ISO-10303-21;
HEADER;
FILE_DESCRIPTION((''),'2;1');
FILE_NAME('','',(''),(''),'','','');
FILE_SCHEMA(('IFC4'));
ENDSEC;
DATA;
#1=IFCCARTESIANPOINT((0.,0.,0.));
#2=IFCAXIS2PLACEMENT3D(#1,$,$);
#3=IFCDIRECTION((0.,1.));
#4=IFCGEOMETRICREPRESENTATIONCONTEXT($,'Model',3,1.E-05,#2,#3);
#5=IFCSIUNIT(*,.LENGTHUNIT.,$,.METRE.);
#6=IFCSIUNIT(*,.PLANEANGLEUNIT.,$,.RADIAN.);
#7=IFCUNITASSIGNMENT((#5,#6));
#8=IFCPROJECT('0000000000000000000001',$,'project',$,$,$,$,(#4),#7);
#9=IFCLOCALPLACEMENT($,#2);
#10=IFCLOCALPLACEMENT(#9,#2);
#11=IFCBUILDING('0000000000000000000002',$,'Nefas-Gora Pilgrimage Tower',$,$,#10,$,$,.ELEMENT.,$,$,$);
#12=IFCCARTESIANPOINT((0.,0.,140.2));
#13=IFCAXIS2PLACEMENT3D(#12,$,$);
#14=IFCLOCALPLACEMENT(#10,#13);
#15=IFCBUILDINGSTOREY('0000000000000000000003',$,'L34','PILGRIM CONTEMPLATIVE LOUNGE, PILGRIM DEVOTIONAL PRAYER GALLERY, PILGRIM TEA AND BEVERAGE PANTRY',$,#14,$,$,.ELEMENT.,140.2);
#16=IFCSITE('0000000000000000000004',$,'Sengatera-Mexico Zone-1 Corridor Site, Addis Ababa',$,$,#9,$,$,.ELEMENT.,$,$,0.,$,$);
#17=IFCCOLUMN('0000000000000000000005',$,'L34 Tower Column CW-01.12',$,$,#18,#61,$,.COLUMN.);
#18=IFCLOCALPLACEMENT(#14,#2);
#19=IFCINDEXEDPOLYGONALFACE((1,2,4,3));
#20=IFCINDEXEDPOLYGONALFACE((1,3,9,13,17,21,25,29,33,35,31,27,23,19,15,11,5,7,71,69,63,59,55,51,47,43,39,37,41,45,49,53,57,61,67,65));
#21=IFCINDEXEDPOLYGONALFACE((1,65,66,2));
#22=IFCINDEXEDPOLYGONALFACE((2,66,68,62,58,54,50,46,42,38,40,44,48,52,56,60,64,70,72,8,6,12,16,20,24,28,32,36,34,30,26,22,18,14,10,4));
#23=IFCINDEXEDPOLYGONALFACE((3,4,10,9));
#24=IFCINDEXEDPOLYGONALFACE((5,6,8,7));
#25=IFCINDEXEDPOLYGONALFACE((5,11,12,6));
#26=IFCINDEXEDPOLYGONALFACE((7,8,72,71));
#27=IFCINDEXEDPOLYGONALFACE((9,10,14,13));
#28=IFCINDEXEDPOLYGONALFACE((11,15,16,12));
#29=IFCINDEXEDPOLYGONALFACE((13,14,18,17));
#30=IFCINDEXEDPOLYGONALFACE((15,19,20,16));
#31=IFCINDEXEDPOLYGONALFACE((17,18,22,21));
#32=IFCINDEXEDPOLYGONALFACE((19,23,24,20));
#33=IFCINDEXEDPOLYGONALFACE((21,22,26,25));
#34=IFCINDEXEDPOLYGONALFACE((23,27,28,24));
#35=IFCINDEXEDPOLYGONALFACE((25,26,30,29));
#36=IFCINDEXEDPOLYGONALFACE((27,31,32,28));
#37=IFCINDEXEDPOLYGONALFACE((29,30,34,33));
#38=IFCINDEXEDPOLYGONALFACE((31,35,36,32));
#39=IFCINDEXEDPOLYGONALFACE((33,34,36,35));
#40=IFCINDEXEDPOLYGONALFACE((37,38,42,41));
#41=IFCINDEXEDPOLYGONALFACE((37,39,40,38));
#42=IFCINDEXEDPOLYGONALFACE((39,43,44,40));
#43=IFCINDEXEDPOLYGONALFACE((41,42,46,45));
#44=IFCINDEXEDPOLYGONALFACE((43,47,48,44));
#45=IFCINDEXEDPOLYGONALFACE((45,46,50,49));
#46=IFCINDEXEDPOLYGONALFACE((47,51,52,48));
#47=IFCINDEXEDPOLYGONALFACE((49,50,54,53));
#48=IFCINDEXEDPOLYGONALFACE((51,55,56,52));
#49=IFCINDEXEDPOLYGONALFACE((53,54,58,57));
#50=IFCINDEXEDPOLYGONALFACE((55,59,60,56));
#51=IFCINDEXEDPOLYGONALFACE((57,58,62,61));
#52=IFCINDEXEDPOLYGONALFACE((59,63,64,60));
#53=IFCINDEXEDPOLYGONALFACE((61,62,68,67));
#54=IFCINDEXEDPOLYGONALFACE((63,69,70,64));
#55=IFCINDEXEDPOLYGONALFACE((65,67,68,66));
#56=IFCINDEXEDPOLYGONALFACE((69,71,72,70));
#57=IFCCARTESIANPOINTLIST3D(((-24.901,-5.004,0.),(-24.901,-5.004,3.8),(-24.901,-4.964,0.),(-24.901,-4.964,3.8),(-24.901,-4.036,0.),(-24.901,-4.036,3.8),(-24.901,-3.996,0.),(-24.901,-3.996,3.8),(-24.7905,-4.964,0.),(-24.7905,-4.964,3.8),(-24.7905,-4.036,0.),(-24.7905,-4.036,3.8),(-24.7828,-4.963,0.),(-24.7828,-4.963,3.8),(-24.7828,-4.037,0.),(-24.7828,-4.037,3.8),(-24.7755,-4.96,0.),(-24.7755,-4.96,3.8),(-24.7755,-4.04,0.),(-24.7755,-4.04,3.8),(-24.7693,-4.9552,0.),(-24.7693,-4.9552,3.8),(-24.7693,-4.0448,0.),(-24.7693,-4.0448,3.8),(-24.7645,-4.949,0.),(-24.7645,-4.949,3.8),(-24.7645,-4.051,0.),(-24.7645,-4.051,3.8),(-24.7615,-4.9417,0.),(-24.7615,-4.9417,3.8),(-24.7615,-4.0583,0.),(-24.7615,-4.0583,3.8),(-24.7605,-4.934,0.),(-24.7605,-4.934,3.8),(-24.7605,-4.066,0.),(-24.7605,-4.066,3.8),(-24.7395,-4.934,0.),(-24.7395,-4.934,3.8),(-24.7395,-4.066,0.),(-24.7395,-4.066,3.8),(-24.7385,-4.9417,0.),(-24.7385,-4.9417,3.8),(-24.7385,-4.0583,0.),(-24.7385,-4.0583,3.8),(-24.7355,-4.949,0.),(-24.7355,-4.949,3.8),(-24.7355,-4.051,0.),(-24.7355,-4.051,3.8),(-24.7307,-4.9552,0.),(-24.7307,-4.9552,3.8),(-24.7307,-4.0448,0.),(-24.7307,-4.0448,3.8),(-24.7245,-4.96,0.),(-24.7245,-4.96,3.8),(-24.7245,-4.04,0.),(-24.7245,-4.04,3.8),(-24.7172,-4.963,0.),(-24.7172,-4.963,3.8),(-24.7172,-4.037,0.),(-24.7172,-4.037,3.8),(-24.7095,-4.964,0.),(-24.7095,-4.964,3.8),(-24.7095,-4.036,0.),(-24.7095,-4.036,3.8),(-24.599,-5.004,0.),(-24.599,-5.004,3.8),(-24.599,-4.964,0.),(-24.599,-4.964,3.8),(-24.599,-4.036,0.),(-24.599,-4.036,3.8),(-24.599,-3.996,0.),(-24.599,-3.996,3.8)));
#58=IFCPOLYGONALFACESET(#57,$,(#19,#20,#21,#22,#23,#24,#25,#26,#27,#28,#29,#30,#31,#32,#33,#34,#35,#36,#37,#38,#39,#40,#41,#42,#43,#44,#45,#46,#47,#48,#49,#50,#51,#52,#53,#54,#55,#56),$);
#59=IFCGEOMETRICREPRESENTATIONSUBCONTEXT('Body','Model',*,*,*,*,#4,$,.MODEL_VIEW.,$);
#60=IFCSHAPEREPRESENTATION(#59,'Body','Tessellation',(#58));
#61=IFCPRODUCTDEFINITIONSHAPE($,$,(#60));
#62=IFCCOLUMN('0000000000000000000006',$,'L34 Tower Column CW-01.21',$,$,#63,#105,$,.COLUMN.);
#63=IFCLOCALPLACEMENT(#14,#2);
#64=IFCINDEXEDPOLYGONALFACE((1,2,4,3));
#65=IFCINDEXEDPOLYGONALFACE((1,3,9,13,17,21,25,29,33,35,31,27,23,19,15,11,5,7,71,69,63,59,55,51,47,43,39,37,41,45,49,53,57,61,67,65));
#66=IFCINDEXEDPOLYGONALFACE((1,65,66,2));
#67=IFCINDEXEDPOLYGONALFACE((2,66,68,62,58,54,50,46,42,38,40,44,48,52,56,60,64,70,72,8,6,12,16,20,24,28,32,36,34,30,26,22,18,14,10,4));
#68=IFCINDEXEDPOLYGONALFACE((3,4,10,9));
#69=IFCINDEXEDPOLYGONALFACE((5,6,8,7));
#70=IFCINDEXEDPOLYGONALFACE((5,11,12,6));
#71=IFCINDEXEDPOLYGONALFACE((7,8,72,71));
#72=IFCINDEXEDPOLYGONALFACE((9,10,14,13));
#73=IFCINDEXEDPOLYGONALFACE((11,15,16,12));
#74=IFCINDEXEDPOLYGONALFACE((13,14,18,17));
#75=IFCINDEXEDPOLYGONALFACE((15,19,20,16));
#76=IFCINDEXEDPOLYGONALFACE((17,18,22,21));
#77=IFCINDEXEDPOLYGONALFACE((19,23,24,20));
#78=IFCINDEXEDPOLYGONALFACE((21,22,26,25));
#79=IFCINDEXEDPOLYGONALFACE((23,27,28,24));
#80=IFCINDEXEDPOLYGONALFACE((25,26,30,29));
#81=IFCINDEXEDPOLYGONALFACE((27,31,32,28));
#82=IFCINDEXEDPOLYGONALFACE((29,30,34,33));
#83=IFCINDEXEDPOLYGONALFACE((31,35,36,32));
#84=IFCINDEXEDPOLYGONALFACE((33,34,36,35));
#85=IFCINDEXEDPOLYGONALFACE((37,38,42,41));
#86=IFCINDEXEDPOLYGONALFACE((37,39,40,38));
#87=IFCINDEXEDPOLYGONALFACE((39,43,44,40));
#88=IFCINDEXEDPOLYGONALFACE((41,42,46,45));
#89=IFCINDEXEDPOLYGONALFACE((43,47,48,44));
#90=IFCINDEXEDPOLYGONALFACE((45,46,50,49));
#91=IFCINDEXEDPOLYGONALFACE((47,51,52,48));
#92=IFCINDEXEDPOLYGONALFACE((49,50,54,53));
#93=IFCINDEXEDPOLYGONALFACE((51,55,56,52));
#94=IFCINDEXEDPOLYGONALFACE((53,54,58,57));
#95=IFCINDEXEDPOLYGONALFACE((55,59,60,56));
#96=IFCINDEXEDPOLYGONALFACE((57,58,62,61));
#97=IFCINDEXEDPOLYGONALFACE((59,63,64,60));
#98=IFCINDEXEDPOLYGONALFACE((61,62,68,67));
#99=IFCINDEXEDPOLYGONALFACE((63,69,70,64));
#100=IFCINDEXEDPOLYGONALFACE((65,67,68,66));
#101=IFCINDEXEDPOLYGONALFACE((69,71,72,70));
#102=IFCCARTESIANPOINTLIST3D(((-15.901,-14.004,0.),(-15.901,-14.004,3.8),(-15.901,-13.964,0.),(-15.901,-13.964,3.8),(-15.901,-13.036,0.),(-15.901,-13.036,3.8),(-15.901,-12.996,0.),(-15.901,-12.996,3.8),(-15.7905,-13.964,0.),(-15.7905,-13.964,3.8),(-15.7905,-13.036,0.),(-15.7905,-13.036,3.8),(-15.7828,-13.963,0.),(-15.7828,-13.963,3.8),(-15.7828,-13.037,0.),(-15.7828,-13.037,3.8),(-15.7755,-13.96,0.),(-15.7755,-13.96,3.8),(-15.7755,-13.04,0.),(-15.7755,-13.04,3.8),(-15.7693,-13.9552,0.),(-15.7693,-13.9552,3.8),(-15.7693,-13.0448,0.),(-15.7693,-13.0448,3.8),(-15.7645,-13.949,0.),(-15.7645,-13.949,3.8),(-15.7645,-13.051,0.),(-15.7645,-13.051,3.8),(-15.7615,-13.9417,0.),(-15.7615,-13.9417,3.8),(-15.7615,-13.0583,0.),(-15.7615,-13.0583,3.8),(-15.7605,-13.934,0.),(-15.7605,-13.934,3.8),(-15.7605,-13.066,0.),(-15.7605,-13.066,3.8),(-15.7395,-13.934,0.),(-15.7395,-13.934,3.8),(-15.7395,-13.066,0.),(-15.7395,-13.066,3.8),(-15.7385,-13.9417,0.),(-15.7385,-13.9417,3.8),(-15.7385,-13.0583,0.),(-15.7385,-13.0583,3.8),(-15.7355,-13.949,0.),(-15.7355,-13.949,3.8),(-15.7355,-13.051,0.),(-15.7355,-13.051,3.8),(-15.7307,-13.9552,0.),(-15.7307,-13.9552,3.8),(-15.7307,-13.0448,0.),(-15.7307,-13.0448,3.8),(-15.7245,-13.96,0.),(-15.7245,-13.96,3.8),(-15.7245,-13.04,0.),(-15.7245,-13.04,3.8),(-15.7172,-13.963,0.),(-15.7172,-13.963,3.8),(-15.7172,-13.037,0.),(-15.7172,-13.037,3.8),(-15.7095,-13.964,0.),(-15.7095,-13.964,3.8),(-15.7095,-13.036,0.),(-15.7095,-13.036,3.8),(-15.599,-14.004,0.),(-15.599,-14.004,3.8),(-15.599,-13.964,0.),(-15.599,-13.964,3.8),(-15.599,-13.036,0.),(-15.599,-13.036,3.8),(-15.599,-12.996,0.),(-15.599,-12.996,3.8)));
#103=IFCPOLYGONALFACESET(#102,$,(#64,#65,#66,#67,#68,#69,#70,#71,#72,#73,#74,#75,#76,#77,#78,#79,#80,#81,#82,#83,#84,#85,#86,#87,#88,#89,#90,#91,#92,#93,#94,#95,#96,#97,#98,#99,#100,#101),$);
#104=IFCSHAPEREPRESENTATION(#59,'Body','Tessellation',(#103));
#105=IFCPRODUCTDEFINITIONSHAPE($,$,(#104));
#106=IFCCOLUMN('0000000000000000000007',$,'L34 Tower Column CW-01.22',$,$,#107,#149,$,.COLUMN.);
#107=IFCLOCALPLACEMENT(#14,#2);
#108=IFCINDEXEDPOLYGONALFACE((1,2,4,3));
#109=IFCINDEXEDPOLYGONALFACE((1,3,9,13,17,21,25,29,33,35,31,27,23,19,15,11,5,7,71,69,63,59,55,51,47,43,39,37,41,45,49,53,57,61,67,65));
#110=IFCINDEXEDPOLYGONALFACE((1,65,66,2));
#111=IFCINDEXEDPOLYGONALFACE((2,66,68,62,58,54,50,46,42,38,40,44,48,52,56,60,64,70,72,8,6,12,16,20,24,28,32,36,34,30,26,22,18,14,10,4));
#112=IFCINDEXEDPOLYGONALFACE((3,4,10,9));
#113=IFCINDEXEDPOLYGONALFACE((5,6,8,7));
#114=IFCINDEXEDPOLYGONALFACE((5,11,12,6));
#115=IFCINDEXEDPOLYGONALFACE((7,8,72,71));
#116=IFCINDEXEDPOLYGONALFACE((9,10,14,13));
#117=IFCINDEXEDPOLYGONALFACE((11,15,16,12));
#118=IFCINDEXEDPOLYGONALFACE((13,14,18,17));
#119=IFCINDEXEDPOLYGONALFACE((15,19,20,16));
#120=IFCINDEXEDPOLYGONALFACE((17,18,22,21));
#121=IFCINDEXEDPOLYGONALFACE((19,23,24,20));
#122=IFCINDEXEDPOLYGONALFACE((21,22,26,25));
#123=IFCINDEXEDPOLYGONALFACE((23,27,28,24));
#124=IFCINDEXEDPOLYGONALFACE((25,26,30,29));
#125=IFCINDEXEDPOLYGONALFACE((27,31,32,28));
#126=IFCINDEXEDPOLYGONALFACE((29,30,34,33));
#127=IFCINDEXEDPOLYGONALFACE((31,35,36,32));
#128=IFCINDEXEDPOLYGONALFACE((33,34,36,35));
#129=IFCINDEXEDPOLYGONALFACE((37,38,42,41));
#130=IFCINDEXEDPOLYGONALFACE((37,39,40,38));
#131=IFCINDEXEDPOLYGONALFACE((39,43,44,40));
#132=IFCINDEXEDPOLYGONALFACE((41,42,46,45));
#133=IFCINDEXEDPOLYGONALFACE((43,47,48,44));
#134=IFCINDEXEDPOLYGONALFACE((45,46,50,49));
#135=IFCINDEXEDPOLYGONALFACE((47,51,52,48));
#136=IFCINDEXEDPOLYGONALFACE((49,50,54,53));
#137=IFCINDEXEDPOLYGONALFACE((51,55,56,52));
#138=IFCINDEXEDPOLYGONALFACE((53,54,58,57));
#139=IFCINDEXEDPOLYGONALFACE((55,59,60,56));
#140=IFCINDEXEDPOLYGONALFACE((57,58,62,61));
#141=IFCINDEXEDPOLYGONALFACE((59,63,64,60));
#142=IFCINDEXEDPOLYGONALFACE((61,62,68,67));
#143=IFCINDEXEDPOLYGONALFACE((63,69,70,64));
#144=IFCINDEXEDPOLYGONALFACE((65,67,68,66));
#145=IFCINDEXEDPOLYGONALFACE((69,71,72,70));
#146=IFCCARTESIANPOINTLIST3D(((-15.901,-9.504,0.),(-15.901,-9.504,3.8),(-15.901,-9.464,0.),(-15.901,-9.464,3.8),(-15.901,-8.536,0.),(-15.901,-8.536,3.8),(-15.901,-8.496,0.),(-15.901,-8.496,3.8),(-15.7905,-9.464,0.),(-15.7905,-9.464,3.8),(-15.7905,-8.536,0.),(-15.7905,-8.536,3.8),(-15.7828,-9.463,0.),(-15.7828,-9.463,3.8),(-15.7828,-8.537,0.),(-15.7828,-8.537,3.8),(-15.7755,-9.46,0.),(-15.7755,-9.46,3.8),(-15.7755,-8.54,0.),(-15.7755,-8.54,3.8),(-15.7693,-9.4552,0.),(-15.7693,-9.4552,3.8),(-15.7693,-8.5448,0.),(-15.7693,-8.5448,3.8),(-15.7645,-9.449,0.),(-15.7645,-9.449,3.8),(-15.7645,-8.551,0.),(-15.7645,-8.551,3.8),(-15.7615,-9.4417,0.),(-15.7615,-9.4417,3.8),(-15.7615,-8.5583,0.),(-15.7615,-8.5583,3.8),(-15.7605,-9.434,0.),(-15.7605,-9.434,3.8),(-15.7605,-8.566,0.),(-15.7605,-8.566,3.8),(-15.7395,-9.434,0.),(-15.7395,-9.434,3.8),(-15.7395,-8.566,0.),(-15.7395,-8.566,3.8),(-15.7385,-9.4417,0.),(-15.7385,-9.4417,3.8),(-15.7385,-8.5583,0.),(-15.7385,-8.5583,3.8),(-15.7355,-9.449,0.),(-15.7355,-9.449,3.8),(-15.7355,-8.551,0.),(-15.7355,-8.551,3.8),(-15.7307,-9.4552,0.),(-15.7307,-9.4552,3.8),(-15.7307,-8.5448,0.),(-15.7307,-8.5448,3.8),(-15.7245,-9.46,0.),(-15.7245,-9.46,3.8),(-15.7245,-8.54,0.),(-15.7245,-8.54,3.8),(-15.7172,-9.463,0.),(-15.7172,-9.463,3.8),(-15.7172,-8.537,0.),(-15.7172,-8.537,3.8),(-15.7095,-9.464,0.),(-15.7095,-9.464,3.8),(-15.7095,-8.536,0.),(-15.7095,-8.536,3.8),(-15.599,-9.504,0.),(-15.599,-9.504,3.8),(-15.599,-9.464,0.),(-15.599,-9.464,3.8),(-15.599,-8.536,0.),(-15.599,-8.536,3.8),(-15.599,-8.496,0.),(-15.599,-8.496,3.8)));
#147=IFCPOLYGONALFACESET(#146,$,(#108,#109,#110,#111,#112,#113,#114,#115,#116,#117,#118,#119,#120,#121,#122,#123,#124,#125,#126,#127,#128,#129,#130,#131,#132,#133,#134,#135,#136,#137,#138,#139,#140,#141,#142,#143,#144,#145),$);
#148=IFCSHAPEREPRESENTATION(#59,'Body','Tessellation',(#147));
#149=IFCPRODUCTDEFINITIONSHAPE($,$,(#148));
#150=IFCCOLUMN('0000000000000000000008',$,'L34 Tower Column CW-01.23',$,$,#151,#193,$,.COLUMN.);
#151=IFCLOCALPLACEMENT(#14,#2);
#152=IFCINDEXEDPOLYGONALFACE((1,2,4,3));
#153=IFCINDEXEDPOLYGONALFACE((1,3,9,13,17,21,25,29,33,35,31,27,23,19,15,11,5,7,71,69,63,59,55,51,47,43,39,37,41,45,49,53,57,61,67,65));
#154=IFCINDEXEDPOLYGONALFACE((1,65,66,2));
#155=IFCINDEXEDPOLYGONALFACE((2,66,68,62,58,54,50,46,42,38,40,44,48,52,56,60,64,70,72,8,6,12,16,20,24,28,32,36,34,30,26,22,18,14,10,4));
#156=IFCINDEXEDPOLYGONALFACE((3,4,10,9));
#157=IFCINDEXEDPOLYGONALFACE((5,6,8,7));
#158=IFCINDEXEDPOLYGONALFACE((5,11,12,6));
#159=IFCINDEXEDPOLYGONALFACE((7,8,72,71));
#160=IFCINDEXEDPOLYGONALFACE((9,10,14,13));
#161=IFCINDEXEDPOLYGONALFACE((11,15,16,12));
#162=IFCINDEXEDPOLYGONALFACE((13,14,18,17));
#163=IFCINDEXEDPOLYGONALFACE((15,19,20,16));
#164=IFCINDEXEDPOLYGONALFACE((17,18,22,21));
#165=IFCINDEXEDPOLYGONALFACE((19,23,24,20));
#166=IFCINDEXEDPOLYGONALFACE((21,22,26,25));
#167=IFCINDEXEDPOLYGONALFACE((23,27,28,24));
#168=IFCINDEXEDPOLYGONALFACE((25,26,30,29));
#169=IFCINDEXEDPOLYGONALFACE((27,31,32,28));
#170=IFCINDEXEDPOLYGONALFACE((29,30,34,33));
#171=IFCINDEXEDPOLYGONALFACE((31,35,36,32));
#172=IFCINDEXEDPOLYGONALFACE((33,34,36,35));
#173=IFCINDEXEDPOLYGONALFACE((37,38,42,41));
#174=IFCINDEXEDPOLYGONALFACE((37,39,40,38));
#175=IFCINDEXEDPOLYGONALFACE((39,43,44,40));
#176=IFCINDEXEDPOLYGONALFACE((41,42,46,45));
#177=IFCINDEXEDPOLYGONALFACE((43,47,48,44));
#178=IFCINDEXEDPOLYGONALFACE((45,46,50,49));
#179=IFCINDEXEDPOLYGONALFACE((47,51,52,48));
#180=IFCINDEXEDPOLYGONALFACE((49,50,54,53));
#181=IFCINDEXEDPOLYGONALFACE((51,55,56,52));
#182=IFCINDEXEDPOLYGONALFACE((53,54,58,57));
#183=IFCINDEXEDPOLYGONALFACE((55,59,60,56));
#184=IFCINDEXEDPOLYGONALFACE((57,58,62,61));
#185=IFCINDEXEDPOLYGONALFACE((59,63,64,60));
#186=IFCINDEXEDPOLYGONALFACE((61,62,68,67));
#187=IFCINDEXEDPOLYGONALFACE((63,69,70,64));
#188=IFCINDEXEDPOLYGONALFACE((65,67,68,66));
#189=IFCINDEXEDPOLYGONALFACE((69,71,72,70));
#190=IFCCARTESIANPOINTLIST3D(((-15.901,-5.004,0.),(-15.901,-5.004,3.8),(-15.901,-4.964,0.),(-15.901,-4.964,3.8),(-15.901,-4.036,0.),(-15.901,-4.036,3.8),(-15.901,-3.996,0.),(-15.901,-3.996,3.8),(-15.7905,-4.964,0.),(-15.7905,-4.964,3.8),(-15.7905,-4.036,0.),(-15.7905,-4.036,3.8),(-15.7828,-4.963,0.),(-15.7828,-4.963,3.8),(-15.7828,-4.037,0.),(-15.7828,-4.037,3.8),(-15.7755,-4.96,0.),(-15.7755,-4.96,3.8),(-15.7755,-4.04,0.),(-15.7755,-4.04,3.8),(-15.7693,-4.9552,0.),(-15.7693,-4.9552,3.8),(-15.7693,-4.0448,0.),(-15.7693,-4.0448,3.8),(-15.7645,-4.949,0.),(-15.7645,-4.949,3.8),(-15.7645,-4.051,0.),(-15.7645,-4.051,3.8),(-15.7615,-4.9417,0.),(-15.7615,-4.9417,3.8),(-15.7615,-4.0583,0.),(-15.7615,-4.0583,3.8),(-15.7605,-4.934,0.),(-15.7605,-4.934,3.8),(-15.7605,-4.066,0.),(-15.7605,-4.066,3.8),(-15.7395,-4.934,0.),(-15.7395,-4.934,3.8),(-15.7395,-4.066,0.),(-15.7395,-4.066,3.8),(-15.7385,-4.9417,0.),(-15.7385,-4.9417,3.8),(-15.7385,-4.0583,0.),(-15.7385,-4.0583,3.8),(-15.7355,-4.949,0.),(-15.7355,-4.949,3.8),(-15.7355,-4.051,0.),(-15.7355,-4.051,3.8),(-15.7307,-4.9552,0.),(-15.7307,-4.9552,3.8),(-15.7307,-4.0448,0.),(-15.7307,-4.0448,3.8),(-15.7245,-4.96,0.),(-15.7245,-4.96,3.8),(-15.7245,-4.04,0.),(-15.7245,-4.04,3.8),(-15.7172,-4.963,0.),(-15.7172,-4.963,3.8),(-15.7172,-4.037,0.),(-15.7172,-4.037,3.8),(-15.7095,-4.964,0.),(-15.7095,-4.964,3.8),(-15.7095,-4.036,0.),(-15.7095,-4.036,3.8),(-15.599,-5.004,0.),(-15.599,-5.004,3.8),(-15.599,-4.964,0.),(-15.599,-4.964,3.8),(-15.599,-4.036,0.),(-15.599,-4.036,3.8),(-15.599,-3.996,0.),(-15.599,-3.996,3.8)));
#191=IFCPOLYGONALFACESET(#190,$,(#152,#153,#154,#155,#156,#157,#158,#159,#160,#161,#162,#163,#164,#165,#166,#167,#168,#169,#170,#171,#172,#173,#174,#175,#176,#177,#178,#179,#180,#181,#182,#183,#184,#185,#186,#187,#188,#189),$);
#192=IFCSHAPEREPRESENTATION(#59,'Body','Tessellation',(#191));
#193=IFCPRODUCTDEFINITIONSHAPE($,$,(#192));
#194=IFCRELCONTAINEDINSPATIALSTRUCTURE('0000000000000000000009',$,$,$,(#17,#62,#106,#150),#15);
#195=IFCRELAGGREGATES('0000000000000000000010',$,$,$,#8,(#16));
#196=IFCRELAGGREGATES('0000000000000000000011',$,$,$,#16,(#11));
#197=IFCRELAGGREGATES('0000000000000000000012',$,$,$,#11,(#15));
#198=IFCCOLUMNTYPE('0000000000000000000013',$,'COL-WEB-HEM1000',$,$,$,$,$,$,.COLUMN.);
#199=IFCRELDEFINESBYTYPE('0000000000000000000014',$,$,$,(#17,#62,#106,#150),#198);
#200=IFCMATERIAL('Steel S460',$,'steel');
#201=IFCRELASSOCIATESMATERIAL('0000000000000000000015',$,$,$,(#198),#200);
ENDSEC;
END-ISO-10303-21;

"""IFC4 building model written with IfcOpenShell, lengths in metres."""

from ifc_helpers import new_model, si_unit, direction, frame, origin, origin_2d, place, context, subcontext, project, spatial, i_section, extrude, source, transform, mapped, material, material_profile, profile_set, type_object, element, save


model = new_model("IFC4")

# Units and contexts
model_context = context("Model", 3, precision=1e-05, world=origin(), true_north=direction((0.0, 1.0)))
body_context = subcontext(model_context, "Body", "Model", "MODEL_VIEW")
ifc_project = project(units=[si_unit("LENGTHUNIT", "METRE"), si_unit("PLANEANGLEUNIT", "RADIAN")], contexts=[model_context])

# Site, building, storey
site_placement = place(None, origin())
site = spatial("IfcSite", under=ifc_project, at=site_placement, Name="Sengatera-Mexico Zone-1 Corridor Site, Addis Ababa", CompositionType="ELEMENT", RefElevation=0.0)
building_placement = place(site_placement, origin())
building = spatial("IfcBuilding", under=site, at=building_placement, Name="Nefas-Gora Pilgrimage Tower", CompositionType="ELEMENT")
storey_placement = place(building_placement, frame((0.0, 0.0, 140.2)))
storey = spatial("IfcBuildingStorey", under=building, at=storey_placement, Name="L34", Description="PILGRIM CONTEMPLATIVE LOUNGE, PILGRIM DEVOTIONAL PRAYER GALLERY, PILGRIM TEA AND BEVERAGE PANTRY", CompositionType="ELEMENT", Elevation=140.2)

# Columns
ifc_material_1 = material(Name="Steel S460", Category="steel")
ifc_material_profile_1 = material_profile(ifc_material_1, i_section(OverallWidth=0.302, OverallDepth=1.0081, WebThickness=0.021, FlangeThickness=0.04, FilletRadius=0.03, at=origin_2d()), Name="HEM 1000")
ifc_profile_set_1 = profile_set([ifc_material_profile_1], Name="Steel S460")
column_type_1 = type_object("IfcColumnType", Name="COL-WEB-HEM1000", PredefinedType="COLUMN", material=ifc_profile_set_1)
shared_shape_1 = source(origin(), body_context, "Body", "SweptSolid", [
    extrude(i_section(OverallWidth=0.302, OverallDepth=1.0081, WebThickness=0.021, FlangeThickness=0.04, FilletRadius=0.03, at=origin_2d()), origin(), (0.0, 0.0, 1.0), 3.8),
])
for number, where, z_axis, x_axis, name in (
    (1, (-24.75, -4.5, 0.0), (0.0, 0.0, 1.0), (1.0, 0.0, 0.0), "L34 Tower Column CW-01.12"),
    (2, (-15.75, -13.5, 0.0), (0.0, 0.0, 1.0), (1.0, 0.0, 0.0), "L34 Tower Column CW-01.21"),
    (3, (-15.75, -9.0, 0.0), (0.0, 0.0, 1.0), (1.0, 0.0, 0.0), "L34 Tower Column CW-01.22"),
    (4, (-15.75, -4.5, 0.0), (0.0, 0.0, 1.0), (1.0, 0.0, 0.0), "L34 Tower Column CW-01.23"),
):
    element("IfcColumn", number, at=place(storey_placement, frame(where, z_axis=z_axis, x_axis=x_axis)), inside=storey, type_object=column_type_1, Name=name, PredefinedType="COLUMN", context=body_context, shape_type="MappedRepresentation", body=[
        mapped(shared_shape_1, transform((0.0, 0.0, 0.0), x_axis=(1.0, 0.0, 0.0), y_axis=(0.0, 1.0, 0.0), z_axis=(0.0, 0.0, 1.0), scale=1.0)),
    ])

save(model, "model.ifc")
